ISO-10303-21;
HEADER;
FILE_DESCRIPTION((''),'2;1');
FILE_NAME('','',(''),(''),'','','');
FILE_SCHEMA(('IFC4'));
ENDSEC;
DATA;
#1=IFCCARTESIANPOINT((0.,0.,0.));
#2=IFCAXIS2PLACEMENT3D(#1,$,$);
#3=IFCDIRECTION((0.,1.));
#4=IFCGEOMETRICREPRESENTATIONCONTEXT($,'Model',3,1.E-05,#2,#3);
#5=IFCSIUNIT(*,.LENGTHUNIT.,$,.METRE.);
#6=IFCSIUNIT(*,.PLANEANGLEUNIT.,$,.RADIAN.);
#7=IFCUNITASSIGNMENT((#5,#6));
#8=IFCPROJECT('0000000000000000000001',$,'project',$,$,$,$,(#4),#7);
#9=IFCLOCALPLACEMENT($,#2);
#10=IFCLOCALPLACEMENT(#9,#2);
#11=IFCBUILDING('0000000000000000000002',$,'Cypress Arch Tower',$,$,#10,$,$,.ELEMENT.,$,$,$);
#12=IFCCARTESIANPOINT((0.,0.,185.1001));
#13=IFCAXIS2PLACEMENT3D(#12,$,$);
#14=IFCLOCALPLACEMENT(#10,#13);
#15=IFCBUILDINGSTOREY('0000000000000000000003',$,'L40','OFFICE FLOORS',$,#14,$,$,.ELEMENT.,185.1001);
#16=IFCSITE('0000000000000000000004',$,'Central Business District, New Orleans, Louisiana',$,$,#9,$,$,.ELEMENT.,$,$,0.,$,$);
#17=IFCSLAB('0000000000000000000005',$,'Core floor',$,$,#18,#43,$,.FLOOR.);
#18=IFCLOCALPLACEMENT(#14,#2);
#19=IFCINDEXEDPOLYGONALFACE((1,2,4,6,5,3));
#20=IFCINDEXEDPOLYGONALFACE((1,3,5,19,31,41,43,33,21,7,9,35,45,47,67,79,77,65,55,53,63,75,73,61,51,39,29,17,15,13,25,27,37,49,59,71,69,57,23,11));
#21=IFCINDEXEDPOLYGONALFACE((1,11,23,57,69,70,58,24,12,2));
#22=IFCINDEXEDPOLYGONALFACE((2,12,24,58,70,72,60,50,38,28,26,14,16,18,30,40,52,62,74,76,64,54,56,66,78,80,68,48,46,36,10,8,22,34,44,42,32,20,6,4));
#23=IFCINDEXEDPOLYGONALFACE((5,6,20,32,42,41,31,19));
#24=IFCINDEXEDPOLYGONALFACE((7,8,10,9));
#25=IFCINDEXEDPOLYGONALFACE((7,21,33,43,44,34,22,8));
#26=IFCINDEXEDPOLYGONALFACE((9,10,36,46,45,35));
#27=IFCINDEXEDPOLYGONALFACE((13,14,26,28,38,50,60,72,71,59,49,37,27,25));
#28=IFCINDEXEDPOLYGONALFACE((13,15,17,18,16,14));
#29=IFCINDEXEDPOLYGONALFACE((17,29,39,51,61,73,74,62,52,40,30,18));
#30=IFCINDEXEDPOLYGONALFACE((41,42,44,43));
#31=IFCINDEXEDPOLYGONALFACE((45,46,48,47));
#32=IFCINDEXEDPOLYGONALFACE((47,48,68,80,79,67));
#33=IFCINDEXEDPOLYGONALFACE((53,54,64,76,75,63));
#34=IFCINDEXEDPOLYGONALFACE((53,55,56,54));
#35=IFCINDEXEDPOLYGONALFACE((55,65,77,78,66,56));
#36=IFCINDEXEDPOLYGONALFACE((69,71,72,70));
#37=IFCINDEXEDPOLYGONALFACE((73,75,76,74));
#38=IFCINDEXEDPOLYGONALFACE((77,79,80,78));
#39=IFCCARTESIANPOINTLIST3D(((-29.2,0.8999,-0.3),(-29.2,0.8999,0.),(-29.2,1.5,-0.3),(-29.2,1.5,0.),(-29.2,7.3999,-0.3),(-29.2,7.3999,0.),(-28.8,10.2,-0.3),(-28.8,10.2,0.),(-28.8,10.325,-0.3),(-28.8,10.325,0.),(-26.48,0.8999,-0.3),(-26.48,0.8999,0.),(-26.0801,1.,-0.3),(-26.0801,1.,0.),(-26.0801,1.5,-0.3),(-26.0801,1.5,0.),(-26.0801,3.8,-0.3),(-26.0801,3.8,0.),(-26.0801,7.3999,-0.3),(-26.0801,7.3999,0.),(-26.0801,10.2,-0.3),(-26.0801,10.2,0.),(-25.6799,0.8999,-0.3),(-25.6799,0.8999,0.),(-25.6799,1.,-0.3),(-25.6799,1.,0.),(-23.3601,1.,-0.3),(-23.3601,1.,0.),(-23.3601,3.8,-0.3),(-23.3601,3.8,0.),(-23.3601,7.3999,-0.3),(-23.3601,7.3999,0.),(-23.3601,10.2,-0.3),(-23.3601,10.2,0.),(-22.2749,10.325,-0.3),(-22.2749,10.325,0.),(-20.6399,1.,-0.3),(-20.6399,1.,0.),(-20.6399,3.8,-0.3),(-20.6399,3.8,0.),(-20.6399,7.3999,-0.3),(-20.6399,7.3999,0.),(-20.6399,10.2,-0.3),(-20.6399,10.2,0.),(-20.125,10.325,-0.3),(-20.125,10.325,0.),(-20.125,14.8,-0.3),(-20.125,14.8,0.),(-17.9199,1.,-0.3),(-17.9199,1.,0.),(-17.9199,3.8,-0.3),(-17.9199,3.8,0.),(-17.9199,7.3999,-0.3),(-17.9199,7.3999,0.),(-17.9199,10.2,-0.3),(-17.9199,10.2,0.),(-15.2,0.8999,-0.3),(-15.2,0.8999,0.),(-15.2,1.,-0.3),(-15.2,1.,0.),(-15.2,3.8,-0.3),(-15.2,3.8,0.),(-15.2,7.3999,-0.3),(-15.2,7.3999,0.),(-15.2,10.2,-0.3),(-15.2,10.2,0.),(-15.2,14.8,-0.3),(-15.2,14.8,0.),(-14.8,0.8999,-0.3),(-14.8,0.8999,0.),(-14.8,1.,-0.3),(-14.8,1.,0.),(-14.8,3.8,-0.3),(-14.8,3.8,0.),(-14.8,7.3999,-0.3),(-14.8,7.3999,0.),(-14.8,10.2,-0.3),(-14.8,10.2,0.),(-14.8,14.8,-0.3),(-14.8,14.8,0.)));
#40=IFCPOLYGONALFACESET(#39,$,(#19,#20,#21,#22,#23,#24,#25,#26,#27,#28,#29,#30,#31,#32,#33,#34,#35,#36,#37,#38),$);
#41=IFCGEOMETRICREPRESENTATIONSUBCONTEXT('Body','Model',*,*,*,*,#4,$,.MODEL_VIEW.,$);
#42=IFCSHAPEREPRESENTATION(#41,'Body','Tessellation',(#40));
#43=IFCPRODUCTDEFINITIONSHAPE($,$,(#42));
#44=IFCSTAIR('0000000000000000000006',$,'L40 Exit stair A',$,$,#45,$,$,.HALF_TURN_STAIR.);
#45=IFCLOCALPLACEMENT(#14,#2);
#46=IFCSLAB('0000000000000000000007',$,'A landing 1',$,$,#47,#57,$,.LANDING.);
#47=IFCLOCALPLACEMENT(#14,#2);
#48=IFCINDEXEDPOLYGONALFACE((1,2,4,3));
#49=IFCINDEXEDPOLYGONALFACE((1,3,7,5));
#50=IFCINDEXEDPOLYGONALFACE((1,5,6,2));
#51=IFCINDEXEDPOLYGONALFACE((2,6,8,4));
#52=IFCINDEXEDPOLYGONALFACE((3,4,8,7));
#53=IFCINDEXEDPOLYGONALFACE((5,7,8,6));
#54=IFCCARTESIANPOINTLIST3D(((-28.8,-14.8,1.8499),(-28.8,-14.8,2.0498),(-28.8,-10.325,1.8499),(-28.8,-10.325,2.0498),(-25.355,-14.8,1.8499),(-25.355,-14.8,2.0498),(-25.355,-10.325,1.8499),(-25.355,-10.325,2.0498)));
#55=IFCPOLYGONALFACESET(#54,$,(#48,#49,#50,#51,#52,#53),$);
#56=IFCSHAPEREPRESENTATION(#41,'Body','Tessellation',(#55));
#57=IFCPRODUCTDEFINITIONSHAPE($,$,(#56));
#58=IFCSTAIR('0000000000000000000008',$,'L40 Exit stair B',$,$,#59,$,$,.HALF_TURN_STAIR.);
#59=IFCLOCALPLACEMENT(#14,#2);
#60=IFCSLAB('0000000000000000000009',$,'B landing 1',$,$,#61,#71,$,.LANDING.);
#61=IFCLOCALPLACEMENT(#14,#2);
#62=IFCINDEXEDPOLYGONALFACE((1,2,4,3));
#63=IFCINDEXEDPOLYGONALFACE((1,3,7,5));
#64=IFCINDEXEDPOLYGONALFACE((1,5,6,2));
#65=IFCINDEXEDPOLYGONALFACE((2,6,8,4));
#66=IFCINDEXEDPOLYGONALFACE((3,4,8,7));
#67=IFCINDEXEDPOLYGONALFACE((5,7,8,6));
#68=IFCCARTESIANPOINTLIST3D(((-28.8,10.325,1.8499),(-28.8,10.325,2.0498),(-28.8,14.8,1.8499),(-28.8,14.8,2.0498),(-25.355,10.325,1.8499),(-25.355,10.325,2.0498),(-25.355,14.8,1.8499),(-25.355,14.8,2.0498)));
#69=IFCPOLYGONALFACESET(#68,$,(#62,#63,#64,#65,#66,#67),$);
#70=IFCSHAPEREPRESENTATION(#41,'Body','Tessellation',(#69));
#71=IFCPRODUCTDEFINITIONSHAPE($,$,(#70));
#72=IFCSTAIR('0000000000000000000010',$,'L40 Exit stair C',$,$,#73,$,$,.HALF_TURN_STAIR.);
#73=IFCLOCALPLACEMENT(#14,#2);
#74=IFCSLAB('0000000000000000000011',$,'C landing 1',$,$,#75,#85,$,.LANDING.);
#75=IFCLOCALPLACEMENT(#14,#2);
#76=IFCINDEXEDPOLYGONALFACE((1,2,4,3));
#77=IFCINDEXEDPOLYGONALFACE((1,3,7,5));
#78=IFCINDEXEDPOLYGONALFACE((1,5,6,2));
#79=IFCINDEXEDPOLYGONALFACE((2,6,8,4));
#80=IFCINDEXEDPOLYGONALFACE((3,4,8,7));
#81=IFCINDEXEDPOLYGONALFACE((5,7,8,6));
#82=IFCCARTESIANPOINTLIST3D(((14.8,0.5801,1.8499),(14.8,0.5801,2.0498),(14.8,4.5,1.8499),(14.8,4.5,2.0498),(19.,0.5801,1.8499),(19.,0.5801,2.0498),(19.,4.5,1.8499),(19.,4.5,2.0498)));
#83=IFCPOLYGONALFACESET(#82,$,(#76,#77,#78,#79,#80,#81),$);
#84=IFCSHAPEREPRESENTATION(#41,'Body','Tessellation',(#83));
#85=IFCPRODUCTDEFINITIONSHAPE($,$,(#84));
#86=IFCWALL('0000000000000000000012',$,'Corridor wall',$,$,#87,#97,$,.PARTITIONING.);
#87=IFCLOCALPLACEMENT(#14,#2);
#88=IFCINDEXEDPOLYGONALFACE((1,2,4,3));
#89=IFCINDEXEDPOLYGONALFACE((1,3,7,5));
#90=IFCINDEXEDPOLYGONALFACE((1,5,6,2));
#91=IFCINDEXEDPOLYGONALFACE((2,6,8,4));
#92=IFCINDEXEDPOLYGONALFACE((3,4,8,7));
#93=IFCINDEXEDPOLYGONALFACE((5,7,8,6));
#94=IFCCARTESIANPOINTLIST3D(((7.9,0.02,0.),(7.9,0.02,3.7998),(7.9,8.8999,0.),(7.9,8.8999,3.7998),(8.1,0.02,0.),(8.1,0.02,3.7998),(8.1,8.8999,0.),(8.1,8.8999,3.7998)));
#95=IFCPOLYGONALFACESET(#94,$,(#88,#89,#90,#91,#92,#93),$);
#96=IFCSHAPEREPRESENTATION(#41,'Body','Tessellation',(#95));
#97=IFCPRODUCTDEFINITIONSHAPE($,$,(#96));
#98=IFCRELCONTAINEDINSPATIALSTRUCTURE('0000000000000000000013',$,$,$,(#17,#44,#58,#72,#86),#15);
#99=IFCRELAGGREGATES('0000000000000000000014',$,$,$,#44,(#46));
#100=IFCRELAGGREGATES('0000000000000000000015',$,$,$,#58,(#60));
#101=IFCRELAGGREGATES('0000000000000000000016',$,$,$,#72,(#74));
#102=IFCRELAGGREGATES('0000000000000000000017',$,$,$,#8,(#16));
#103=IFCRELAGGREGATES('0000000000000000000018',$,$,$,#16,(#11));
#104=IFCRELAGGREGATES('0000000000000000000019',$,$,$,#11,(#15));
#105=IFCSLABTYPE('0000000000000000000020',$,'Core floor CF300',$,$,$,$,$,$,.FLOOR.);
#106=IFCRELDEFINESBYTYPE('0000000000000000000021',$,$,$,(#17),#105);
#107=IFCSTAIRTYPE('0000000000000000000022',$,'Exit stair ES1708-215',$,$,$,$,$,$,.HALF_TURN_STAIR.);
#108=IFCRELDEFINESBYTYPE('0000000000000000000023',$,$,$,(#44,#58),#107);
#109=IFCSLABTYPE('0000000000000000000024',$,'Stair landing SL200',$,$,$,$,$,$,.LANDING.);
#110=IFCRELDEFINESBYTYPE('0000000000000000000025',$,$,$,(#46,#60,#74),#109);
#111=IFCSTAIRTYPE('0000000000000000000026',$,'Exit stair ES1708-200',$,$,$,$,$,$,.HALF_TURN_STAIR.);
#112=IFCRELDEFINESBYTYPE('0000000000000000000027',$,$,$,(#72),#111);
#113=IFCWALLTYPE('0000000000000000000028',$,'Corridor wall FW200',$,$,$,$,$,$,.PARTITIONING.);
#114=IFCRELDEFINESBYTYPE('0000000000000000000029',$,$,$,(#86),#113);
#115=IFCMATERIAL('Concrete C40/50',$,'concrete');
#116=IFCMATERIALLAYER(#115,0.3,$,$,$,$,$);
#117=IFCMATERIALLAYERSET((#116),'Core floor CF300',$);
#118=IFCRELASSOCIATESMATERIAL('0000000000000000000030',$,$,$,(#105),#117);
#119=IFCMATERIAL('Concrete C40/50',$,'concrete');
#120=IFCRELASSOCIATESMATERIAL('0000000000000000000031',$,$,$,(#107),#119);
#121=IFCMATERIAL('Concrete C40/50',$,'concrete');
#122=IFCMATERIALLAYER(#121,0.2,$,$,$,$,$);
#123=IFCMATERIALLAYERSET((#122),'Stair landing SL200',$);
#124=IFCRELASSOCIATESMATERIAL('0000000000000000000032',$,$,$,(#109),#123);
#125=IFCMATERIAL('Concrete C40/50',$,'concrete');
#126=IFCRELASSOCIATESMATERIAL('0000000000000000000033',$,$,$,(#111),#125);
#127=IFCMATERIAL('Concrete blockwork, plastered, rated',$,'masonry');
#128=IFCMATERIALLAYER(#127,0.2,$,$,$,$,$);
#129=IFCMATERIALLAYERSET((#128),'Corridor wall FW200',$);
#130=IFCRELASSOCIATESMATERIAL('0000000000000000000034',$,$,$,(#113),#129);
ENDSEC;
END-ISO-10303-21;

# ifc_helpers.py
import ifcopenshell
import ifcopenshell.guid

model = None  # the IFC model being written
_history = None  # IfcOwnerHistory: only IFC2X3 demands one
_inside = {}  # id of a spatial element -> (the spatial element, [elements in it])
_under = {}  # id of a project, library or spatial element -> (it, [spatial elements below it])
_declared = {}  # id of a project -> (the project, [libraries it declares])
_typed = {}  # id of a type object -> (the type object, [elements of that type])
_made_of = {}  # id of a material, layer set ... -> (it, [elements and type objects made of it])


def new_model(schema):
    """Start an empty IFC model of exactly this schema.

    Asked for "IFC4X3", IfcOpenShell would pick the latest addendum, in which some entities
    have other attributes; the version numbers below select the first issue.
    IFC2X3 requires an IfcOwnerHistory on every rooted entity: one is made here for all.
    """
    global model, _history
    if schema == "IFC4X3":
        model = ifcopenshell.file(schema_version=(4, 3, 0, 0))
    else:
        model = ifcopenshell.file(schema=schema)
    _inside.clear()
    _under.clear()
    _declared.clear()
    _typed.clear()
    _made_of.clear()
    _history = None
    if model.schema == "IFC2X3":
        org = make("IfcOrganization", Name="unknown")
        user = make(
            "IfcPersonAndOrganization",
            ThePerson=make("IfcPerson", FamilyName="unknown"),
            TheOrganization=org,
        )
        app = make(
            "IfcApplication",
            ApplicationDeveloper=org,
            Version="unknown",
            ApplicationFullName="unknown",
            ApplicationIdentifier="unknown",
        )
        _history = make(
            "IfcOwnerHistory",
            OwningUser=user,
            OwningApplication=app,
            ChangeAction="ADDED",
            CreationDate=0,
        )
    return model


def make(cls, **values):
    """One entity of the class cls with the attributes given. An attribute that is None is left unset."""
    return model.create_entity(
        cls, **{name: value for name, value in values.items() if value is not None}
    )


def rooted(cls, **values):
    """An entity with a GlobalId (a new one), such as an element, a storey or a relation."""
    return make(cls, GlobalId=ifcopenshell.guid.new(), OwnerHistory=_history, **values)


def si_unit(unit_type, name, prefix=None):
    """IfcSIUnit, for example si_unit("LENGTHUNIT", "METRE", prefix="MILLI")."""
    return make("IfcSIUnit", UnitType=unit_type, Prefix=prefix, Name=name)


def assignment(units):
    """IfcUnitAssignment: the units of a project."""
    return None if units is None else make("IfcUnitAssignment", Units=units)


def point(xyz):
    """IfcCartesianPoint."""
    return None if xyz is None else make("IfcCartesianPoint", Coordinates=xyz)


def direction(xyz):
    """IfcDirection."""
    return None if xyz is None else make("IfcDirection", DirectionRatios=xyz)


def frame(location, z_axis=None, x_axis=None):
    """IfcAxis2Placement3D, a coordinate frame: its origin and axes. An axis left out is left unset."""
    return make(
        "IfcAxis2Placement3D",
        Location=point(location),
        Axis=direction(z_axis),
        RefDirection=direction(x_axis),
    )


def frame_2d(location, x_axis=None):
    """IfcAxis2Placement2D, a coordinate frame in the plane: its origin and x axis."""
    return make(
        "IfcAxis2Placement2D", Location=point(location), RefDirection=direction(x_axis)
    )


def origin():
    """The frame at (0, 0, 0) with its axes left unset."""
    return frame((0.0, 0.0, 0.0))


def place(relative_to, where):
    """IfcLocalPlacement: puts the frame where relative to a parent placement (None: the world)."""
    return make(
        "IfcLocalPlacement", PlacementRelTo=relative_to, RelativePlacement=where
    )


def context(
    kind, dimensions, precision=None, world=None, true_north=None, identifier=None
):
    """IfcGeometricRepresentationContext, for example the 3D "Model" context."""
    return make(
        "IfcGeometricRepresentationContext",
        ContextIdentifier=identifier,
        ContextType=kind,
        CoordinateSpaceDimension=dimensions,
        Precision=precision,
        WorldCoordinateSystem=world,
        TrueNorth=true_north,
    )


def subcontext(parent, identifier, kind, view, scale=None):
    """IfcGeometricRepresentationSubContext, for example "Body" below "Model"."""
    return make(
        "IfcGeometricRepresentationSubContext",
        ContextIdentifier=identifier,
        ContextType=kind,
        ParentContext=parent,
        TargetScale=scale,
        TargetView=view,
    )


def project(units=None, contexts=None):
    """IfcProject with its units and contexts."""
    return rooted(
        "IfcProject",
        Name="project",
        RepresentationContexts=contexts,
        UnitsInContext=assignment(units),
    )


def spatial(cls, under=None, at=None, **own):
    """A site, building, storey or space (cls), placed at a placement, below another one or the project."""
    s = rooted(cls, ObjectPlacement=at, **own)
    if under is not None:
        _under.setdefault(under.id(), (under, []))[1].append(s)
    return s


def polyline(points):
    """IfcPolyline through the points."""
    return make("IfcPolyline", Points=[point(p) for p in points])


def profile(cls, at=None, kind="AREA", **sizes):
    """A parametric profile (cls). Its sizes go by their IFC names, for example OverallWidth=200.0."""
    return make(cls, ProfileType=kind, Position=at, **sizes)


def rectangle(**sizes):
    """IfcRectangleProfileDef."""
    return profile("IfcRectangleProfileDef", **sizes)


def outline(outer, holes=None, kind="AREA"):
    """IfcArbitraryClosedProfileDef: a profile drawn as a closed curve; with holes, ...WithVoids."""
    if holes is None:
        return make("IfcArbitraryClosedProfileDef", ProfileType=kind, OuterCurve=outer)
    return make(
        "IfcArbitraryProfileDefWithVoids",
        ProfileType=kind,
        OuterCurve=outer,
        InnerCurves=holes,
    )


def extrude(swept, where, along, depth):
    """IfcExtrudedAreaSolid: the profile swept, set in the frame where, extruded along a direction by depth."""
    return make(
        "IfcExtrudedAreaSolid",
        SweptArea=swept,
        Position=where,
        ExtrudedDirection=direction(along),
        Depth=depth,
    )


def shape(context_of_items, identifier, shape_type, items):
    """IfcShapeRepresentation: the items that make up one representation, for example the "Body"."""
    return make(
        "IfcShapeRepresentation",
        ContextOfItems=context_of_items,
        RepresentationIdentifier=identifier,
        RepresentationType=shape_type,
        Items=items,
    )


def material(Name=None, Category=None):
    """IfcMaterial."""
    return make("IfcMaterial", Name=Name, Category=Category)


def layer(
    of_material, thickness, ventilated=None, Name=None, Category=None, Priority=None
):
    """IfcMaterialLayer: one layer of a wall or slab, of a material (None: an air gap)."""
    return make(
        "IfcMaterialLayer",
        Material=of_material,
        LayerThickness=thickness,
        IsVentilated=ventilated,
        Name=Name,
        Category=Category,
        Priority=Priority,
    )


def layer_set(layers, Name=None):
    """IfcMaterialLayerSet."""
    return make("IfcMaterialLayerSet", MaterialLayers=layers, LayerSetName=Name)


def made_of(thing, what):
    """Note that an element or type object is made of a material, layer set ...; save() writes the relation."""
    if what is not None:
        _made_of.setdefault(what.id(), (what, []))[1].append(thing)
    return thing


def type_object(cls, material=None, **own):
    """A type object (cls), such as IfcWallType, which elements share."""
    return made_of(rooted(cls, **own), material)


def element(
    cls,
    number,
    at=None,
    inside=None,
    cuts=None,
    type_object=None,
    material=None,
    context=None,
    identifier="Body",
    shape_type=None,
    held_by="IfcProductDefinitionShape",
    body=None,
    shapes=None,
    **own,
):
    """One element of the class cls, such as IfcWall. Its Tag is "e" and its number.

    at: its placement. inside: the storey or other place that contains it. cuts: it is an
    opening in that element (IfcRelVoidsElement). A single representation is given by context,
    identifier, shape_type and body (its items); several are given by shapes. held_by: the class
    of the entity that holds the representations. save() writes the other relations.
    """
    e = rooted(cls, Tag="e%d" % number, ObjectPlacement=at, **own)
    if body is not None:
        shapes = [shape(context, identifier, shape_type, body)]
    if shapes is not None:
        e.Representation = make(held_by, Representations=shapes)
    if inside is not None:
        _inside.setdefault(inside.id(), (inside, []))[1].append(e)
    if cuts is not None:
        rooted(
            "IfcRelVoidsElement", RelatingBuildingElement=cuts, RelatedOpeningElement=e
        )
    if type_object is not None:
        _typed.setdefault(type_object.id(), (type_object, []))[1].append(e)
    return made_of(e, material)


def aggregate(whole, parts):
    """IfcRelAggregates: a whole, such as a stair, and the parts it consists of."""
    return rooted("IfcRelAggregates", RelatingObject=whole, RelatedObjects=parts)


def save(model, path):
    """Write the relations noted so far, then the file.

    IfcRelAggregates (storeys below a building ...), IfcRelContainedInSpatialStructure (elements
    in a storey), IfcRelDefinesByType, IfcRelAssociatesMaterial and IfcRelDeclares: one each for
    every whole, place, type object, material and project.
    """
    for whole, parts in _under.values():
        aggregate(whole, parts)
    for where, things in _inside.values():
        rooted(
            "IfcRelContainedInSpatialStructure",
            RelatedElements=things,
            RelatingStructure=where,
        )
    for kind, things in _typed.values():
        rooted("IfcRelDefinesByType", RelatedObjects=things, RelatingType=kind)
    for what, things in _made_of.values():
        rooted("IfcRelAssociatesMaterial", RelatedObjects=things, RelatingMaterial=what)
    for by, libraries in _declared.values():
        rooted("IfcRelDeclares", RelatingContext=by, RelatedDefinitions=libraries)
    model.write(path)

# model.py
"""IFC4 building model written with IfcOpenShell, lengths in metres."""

from ifc_helpers import new_model, si_unit, direction, frame, frame_2d, origin, place, context, subcontext, project, spatial, polyline, rectangle, outline, extrude, material, layer, layer_set, type_object, element, aggregate, save


model = new_model("IFC4")

# Units and contexts
model_context = context("Model", 3, precision=1e-05, world=origin(), true_north=direction((0.0, 1.0)))
body_context = subcontext(model_context, "Body", "Model", "MODEL_VIEW")
ifc_project = project(units=[si_unit("LENGTHUNIT", "METRE"), si_unit("PLANEANGLEUNIT", "RADIAN")], contexts=[model_context])

# Site, building, storey
site_placement = place(None, origin())
site = spatial("IfcSite", under=ifc_project, at=site_placement, Name="Central Business District, New Orleans, Louisiana", CompositionType="ELEMENT", RefElevation=0.0)
building_placement = place(site_placement, origin())
building = spatial("IfcBuilding", under=site, at=building_placement, Name="Cypress Arch Tower", CompositionType="ELEMENT")
storey_placement = place(building_placement, frame((0.0, 0.0, 185.1001)))
storey = spatial("IfcBuildingStorey", under=building, at=storey_placement, Name="L40", Description="OFFICE FLOORS", CompositionType="ELEMENT", Elevation=185.1001)

# Slab
ifc_material_1 = material(Name="Concrete C40/50", Category="concrete")
ifc_layer_1 = layer(ifc_material_1, 0.3)
ifc_layer_set_1 = layer_set([ifc_layer_1], Name="Core floor CF300")
slab_type_1 = type_object("IfcSlabType", Name="Core floor CF300", PredefinedType="FLOOR", material=ifc_layer_set_1)
slab_1_placement = place(storey_placement, frame((0.0, 0.0, -0.3)))
element("IfcSlab", 1, at=slab_1_placement, inside=storey, type_object=slab_type_1, Name="Core floor", PredefinedType="FLOOR", context=body_context, shape_type="SweptSolid", body=[
    extrude(outline(polyline([(-20.6399, 7.3999), (-20.6399, 10.2), (-23.3601, 10.2), (-26.0801, 10.2), (-28.8, 10.2), (-28.8, 10.325), (-22.2749, 10.325), (-20.125, 10.325), (-20.125, 14.8), (-15.2, 14.8), (-14.8, 14.8), (-14.8, 10.2), (-15.2, 10.2), (-17.9199, 10.2), (-17.9199, 7.3999), (-15.2, 7.3999), (-14.8, 7.3999), (-14.8, 3.8), (-15.2, 3.8), (-17.9199, 3.8), (-20.6399, 3.8), (-23.3601, 3.8), (-26.0801, 3.8), (-26.0801, 1.5), (-26.0801, 1.5), (-26.0801, 1.0), (-25.6799, 1.0), (-23.3601, 1.0), (-20.6399, 1.0), (-17.9199, 1.0), (-15.2, 1.0), (-14.8, 1.0), (-14.8, 0.8999), (-15.2, 0.8999), (-25.6799, 0.8999), (-26.48, 0.8999), (-29.2, 0.8999), (-29.2, 1.5), (-29.2, 7.3999), (-26.0801, 7.3999), (-23.3601, 7.3999), (-20.6399, 7.3999)])), origin(), (0.0, 0.0, 1.0), 0.3),
])

# Stairs, slabs
ifc_material_2 = material(Name="Concrete C40/50", Category="concrete")
stair_type_1 = type_object("IfcStairType", Name="Exit stair ES1708-215", PredefinedType="HALF_TURN_STAIR", material=ifc_material_2)
stair_1_placement = place(storey_placement, origin())
stair_1 = element("IfcStair", 2, at=stair_1_placement, inside=storey, type_object=stair_type_1, Name="L40 Exit stair A", PredefinedType="HALF_TURN_STAIR")
ifc_material_3 = material(Name="Concrete C40/50", Category="concrete")
ifc_layer_2 = layer(ifc_material_3, 0.2)
ifc_layer_set_2 = layer_set([ifc_layer_2], Name="Stair landing SL200")
slab_type_2 = type_object("IfcSlabType", Name="Stair landing SL200", PredefinedType="LANDING", material=ifc_layer_set_2)
slab_2_placement = place(storey_placement, frame((0.0, 0.0, 1.8499)))
slab_2 = element("IfcSlab", 3, at=slab_2_placement, type_object=slab_type_2, Name="A landing 1", PredefinedType="LANDING", context=body_context, shape_type="SweptSolid", body=[
    extrude(outline(polyline([(-25.355, -10.325), (-28.8, -10.325), (-28.8, -14.8), (-25.355, -14.8), (-25.355, -10.325)])), origin(), (0.0, 0.0, 1.0), 0.2),
])
aggregate(stair_1, [slab_2])
stair_2_placement = place(storey_placement, origin())
stair_2 = element("IfcStair", 4, at=stair_2_placement, inside=storey, type_object=stair_type_1, Name="L40 Exit stair B", PredefinedType="HALF_TURN_STAIR")
slab_3_placement = place(storey_placement, frame((0.0, 0.0, 1.8499)))
slab_3 = element("IfcSlab", 5, at=slab_3_placement, type_object=slab_type_2, Name="B landing 1", PredefinedType="LANDING", context=body_context, shape_type="SweptSolid", body=[
    extrude(outline(polyline([(-25.355, 14.8), (-28.8, 14.8), (-28.8, 10.325), (-25.355, 10.325), (-25.355, 14.8)])), origin(), (0.0, 0.0, 1.0), 0.2),
])
aggregate(stair_2, [slab_3])
ifc_material_4 = material(Name="Concrete C40/50", Category="concrete")
stair_type_2 = type_object("IfcStairType", Name="Exit stair ES1708-200", PredefinedType="HALF_TURN_STAIR", material=ifc_material_4)
stair_3_placement = place(storey_placement, origin())
stair_3 = element("IfcStair", 6, at=stair_3_placement, inside=storey, type_object=stair_type_2, Name="L40 Exit stair C", PredefinedType="HALF_TURN_STAIR")
slab_4_placement = place(storey_placement, frame((0.0, 0.0, 1.8499)))
slab_4 = element("IfcSlab", 7, at=slab_4_placement, type_object=slab_type_2, Name="C landing 1", PredefinedType="LANDING", context=body_context, shape_type="SweptSolid", body=[
    extrude(outline(polyline([(19.0, 0.5801), (19.0, 4.5), (14.8, 4.5), (14.8, 0.5801), (19.0, 0.5801)])), origin(), (0.0, 0.0, 1.0), 0.2),
])
aggregate(stair_3, [slab_4])

# Wall
ifc_material_5 = material(Name="Concrete blockwork, plastered, rated", Category="masonry")
ifc_layer_3 = layer(ifc_material_5, 0.2)
ifc_layer_set_3 = layer_set([ifc_layer_3], Name="Corridor wall FW200")
wall_type = type_object("IfcWallType", Name="Corridor wall FW200", PredefinedType="PARTITIONING", material=ifc_layer_set_3)
wall_placement = place(storey_placement, frame((8.0, 0.02, 0.0), z_axis=(0.0, 0.0, 1.0), x_axis=(0.0, 1.0, 0.0)))
element("IfcWall", 8, at=wall_placement, inside=storey, type_object=wall_type, Name="Corridor wall", PredefinedType="PARTITIONING", context=body_context, shape_type="SweptSolid", body=[
    extrude(rectangle(XDim=8.8799, YDim=0.2, at=frame_2d((4.4399, 0.0))), origin(), (0.0, 0.0, 1.0), 3.7998),
])

save(model, "model.ifc")
